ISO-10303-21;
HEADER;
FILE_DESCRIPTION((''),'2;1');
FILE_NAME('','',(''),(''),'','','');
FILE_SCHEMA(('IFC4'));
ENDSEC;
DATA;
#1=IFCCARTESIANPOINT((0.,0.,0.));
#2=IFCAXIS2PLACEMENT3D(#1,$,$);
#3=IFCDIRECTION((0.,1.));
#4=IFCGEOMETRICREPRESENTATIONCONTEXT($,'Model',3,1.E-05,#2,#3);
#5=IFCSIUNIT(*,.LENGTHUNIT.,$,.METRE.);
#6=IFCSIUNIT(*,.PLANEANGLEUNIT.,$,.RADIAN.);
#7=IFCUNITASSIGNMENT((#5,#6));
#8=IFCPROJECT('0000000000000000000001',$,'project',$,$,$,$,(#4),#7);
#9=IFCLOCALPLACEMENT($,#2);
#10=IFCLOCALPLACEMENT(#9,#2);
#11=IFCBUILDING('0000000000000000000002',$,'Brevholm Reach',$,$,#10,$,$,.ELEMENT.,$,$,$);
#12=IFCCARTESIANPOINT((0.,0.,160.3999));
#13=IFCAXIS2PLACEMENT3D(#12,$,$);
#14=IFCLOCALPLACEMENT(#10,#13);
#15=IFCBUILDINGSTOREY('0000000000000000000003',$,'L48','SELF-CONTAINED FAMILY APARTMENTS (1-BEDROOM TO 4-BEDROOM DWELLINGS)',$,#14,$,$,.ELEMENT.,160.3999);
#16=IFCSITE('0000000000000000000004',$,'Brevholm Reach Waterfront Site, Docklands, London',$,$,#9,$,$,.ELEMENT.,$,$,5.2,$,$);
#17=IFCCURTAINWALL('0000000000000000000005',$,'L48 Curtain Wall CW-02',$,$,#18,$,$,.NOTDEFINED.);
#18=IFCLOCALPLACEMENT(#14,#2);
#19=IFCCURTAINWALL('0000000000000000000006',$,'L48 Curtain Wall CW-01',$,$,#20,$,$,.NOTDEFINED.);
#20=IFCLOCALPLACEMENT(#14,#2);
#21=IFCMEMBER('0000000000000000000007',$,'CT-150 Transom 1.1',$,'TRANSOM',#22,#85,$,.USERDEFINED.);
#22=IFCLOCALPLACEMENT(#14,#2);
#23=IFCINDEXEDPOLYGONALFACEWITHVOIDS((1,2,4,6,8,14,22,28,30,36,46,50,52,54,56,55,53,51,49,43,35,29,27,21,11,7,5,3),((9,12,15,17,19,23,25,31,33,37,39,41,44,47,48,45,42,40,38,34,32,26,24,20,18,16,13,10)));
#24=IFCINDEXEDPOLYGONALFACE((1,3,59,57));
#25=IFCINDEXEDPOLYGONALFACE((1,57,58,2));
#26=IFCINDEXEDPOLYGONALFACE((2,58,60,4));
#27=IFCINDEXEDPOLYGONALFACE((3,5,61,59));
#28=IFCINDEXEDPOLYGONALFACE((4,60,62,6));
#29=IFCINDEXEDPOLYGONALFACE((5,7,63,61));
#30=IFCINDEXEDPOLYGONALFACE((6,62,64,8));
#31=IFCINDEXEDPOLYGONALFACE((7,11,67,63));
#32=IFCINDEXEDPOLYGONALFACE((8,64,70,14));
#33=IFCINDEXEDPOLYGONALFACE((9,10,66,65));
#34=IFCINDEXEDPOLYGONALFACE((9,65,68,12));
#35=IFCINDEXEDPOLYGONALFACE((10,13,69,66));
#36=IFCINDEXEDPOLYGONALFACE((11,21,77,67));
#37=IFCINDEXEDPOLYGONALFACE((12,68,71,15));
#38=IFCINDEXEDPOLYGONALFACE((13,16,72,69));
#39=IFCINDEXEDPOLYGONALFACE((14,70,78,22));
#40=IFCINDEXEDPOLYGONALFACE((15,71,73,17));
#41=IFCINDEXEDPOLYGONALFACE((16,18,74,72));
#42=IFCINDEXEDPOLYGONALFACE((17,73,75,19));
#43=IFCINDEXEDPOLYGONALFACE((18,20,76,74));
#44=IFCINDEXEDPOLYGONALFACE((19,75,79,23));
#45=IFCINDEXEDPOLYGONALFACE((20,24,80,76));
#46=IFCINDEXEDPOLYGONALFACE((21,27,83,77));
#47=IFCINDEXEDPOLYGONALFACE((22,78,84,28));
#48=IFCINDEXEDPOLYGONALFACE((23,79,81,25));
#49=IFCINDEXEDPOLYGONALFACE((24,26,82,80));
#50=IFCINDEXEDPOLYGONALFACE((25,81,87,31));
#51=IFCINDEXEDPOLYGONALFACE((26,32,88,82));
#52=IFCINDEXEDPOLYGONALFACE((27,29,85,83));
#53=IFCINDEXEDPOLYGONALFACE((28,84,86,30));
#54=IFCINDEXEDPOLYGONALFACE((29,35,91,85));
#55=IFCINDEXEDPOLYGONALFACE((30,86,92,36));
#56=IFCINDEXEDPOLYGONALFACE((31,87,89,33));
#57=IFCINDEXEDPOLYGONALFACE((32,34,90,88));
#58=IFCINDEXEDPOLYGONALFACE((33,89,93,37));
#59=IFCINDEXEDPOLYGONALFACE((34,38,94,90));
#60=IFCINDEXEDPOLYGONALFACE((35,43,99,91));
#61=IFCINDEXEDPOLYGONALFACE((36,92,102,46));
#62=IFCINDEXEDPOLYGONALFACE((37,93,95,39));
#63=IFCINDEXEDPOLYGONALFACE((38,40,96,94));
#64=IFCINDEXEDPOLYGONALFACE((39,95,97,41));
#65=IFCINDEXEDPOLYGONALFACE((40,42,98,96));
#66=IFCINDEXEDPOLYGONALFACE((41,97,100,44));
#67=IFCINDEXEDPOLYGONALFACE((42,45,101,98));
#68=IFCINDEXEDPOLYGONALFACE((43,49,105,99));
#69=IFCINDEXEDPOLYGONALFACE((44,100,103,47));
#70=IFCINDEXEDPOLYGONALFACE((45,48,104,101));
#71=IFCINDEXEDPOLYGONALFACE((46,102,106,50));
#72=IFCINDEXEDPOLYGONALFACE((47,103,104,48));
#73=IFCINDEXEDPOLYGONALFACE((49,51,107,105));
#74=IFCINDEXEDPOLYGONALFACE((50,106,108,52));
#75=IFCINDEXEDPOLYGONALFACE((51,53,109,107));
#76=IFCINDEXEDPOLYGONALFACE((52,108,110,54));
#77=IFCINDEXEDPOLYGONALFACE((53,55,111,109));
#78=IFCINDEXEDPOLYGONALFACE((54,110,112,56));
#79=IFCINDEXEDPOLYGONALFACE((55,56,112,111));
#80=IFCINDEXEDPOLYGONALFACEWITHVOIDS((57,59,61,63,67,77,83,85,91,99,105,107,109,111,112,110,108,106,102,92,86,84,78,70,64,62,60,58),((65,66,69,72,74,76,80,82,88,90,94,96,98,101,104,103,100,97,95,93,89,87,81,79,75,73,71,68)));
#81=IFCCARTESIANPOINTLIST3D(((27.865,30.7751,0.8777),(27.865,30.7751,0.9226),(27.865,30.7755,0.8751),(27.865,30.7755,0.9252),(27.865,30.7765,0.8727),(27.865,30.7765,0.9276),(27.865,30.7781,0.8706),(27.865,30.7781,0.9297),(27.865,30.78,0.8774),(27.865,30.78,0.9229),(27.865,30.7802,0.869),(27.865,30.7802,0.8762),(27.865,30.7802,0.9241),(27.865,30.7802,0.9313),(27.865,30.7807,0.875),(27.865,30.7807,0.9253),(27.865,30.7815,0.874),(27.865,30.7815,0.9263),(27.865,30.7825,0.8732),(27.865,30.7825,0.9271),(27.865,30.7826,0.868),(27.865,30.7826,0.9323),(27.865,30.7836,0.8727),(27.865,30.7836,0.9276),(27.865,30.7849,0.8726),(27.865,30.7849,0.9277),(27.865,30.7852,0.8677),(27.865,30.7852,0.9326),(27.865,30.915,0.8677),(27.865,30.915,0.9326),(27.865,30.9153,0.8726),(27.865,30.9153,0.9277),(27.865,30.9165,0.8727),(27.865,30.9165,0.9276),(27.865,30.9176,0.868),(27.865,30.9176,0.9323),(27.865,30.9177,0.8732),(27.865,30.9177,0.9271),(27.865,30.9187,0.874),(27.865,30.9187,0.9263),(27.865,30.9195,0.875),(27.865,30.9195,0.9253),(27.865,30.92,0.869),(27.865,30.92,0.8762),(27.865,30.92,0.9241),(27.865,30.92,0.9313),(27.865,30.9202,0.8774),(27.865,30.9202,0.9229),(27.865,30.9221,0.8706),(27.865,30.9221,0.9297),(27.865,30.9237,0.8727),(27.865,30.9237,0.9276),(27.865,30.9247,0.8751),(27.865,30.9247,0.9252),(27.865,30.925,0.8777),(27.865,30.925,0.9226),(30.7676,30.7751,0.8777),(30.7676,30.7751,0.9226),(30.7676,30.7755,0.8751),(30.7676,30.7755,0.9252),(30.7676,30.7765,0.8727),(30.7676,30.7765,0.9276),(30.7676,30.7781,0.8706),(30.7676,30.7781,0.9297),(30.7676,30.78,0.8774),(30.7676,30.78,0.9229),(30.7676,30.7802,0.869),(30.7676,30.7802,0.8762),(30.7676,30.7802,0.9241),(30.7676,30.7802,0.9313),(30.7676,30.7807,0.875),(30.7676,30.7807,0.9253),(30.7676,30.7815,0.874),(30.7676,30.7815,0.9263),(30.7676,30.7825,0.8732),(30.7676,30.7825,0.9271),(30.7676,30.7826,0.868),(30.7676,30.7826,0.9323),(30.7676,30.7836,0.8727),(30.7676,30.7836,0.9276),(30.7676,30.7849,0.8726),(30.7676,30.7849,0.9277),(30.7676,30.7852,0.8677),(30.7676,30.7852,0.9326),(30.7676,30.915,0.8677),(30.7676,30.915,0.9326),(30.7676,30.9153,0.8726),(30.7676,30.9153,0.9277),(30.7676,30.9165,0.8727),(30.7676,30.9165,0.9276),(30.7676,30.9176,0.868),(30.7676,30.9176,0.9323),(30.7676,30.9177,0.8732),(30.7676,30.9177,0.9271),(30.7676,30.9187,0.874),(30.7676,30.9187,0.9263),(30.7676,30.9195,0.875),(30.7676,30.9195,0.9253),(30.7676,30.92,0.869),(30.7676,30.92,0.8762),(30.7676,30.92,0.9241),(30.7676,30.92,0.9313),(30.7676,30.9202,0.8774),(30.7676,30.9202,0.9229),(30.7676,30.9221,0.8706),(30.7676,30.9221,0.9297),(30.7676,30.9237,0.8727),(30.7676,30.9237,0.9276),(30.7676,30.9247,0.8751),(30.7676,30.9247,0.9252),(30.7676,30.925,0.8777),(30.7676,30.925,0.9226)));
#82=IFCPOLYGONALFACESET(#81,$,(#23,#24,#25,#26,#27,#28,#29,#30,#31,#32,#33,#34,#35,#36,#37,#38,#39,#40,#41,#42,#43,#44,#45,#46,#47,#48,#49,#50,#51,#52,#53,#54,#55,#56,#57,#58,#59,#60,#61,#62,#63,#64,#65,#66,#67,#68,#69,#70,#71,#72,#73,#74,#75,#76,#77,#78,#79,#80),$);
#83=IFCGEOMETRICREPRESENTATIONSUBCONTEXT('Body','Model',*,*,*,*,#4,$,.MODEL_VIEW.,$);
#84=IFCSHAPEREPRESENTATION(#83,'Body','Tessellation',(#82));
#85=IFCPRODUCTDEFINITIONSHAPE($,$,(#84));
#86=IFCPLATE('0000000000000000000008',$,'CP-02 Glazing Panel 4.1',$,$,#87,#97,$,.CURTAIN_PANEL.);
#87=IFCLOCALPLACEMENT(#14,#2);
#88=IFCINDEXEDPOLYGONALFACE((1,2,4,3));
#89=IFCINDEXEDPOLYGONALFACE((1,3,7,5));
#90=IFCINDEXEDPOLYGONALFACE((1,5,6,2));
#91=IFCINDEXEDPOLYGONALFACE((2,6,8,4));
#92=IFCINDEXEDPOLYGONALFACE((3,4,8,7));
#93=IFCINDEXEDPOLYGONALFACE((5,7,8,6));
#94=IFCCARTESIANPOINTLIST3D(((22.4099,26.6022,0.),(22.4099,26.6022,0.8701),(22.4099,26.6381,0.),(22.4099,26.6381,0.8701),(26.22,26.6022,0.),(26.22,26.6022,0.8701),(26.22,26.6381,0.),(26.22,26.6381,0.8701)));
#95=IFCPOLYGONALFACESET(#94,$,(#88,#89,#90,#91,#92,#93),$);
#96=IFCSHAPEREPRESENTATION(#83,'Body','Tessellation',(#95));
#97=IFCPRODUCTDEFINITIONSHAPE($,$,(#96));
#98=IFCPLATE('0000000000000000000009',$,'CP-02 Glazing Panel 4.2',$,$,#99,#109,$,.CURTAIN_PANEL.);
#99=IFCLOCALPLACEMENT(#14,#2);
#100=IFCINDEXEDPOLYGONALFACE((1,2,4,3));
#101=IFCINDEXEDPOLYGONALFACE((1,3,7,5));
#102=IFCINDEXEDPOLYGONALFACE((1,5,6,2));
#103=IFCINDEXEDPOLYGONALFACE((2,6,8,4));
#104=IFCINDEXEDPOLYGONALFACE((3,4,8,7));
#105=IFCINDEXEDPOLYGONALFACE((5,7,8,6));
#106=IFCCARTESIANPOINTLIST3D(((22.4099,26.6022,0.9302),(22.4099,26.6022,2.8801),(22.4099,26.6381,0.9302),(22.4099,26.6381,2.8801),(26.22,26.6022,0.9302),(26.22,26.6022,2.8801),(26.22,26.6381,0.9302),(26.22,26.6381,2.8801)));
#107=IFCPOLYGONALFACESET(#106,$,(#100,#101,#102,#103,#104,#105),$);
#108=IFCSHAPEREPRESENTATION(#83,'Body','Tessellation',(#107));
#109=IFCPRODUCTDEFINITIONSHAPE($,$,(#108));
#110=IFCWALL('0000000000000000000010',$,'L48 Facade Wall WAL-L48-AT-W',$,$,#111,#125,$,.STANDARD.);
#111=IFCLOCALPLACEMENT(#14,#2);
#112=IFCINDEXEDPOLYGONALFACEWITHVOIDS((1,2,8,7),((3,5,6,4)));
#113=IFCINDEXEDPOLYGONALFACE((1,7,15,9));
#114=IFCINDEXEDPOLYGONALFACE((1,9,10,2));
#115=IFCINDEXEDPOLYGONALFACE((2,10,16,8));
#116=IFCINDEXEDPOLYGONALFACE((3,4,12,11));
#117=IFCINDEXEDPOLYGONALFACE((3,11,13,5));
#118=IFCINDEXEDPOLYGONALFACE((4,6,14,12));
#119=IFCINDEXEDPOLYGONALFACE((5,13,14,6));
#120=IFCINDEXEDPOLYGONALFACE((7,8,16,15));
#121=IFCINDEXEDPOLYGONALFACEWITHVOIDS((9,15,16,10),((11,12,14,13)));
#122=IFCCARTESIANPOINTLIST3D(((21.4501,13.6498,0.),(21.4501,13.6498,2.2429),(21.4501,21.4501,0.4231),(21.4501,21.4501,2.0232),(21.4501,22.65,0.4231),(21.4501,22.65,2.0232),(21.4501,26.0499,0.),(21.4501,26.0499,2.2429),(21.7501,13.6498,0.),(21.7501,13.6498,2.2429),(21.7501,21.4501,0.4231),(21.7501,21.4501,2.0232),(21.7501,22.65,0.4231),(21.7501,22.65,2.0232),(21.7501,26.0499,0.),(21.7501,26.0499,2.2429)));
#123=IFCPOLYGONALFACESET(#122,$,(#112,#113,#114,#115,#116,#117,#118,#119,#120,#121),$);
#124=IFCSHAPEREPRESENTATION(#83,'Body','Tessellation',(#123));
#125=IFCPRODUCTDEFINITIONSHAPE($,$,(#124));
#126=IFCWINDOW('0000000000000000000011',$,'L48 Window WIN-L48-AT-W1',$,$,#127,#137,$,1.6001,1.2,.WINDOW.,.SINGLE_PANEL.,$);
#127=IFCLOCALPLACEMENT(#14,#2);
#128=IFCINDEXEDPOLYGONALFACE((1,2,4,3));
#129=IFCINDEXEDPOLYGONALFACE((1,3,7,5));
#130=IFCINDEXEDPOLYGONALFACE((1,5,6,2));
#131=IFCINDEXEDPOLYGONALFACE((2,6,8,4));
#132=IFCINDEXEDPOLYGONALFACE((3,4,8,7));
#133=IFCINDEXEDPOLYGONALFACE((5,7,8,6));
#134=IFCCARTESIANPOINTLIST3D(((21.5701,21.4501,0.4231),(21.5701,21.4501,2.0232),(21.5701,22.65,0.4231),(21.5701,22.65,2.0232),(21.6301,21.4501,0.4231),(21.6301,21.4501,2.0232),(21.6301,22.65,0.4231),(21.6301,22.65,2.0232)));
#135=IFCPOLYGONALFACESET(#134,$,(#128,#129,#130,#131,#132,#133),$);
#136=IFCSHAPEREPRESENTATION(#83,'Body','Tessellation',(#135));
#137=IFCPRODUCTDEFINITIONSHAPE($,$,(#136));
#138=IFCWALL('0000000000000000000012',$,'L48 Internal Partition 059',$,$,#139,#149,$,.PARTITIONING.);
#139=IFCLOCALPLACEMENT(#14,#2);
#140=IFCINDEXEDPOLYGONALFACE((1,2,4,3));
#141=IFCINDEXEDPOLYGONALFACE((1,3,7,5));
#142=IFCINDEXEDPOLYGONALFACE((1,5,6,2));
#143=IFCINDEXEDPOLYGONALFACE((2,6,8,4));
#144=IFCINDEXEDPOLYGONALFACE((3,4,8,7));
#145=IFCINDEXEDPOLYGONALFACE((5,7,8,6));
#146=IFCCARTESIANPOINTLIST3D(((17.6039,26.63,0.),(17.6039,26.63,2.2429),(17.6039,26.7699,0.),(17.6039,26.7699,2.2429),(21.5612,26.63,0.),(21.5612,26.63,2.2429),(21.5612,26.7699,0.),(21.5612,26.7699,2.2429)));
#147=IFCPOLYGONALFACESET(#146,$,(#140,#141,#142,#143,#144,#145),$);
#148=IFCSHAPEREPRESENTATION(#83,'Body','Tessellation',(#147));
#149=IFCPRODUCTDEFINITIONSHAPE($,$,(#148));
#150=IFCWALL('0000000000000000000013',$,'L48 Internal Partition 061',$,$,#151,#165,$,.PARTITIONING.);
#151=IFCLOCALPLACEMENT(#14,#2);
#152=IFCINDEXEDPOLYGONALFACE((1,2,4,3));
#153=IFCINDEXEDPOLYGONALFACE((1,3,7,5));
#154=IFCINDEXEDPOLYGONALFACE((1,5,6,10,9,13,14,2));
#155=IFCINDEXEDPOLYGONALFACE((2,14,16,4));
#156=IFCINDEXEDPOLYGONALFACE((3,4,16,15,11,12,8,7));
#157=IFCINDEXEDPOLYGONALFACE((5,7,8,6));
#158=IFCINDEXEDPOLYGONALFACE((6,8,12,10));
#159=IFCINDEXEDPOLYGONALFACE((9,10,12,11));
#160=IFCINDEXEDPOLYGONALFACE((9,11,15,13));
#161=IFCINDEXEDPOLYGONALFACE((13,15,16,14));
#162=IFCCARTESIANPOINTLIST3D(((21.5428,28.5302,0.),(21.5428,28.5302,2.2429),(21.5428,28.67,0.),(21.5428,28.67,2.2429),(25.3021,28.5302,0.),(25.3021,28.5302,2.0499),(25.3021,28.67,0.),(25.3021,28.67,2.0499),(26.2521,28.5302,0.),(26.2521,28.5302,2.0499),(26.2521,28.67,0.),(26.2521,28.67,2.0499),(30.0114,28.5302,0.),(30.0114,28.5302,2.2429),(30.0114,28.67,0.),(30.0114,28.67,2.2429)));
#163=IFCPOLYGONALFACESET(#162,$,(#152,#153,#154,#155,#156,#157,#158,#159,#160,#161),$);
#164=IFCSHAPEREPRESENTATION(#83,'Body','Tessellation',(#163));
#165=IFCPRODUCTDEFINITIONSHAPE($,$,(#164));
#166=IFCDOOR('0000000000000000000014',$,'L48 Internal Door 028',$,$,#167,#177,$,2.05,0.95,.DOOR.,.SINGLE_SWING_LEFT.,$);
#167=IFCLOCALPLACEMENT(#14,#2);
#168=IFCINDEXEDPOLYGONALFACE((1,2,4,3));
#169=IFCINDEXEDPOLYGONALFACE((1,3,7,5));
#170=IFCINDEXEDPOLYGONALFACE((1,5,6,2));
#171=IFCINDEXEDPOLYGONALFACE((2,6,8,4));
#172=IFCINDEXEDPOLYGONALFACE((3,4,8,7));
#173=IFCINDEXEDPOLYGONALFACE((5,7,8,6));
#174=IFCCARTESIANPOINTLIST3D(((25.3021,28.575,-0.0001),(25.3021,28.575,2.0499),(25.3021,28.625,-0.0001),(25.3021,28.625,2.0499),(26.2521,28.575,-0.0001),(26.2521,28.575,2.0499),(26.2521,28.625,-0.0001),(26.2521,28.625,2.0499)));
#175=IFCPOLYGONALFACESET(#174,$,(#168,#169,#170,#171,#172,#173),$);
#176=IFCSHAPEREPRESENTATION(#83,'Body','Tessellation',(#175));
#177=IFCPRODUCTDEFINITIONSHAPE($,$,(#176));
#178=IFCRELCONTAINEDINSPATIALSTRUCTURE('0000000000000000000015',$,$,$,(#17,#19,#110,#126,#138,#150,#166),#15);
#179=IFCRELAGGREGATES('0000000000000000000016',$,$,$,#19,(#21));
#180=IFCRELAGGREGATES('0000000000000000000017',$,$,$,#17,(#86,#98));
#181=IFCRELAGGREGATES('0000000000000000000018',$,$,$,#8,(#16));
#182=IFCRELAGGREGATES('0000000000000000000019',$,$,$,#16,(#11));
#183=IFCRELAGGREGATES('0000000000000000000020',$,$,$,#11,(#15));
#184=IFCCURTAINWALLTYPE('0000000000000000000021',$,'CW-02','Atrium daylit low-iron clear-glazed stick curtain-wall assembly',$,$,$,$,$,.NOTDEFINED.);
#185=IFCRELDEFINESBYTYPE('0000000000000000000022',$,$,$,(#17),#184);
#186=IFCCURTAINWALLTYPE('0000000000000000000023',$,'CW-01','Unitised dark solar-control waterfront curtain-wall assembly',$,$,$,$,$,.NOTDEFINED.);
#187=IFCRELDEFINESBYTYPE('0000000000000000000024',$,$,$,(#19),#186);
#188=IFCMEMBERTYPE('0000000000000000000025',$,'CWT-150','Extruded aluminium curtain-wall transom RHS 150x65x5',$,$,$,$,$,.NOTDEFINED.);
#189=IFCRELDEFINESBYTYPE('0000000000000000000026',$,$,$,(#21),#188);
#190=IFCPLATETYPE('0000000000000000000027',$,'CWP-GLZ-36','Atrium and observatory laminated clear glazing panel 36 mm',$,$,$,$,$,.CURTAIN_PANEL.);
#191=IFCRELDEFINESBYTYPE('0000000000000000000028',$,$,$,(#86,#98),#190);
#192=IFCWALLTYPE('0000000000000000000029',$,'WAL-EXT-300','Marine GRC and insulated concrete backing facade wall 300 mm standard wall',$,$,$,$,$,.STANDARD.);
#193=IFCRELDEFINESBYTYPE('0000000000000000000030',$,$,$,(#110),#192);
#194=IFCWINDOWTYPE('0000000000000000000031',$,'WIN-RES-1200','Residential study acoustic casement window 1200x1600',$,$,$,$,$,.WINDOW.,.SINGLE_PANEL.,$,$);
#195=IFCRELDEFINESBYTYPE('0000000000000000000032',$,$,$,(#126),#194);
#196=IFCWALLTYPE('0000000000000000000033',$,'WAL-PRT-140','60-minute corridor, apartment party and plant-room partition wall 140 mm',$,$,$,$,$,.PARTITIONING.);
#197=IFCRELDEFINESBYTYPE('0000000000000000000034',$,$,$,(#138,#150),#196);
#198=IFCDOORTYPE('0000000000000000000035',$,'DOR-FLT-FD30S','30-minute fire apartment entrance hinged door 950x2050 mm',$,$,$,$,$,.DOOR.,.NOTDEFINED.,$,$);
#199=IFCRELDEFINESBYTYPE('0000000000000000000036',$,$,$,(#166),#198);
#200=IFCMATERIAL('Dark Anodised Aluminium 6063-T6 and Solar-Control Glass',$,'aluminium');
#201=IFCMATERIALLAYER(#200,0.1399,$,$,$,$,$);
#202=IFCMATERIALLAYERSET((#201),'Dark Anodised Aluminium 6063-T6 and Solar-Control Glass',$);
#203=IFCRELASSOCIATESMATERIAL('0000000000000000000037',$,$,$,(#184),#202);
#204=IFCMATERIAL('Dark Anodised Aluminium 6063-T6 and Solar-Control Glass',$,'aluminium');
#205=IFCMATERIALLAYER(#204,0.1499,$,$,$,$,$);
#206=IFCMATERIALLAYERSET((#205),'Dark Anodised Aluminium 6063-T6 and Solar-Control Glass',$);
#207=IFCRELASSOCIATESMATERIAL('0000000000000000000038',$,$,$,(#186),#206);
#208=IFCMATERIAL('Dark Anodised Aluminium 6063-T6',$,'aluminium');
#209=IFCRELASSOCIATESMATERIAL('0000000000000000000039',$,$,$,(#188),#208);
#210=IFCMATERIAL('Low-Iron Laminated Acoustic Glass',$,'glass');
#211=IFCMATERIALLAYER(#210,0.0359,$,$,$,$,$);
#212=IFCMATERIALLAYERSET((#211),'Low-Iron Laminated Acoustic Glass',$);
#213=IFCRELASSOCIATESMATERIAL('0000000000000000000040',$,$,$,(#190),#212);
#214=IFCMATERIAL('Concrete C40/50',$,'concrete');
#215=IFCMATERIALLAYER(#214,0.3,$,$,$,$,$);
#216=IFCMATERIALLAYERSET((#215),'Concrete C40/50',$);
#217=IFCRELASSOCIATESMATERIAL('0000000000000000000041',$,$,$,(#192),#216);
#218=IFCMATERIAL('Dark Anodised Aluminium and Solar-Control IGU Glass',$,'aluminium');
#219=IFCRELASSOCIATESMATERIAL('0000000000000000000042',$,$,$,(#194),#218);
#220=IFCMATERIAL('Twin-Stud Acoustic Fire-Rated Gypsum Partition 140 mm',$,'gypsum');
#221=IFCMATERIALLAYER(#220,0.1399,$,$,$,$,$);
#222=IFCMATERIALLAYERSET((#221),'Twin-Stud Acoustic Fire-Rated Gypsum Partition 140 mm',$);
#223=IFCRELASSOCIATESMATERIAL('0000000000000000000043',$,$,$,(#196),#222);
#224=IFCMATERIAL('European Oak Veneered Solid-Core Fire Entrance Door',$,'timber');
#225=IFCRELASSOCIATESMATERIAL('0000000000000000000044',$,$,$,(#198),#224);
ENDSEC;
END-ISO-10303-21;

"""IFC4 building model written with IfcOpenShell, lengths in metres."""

from ifc_helpers import new_model, si_unit, direction, frame, frame_2d, origin, origin_2d, place, context, subcontext, project, spatial, rectangle, hollow_rectangle, extrude, material, layer, layer_set, material_profile, profile_set, type_object, element, fill, aggregate, save


model = new_model("IFC4")

# Units and contexts
model_context = context("Model", 3, precision=1e-05, world=origin(), true_north=direction((0.0, 1.0)))
body_context = subcontext(model_context, "Body", "Model", "MODEL_VIEW")
ifc_project = project(units=[si_unit("LENGTHUNIT", "METRE"), si_unit("PLANEANGLEUNIT", "RADIAN")], contexts=[model_context])

# Site, building, storey
site_placement = place(None, origin())
site = spatial("IfcSite", under=ifc_project, at=site_placement, Name="Brevholm Reach Waterfront Site, Docklands, London", CompositionType="ELEMENT", RefElevation=5.2)
building_placement = place(site_placement, origin())
building = spatial("IfcBuilding", under=site, at=building_placement, Name="Brevholm Reach", CompositionType="ELEMENT")
storey_placement = place(building_placement, frame((0.0, 0.0, 160.3999)))
storey = spatial("IfcBuildingStorey", under=building, at=storey_placement, Name="L48", Description="SELF-CONTAINED FAMILY APARTMENTS (1-BEDROOM TO 4-BEDROOM DWELLINGS)", CompositionType="ELEMENT", Elevation=160.3999)

# Curtain wall
ifc_material_1 = material(Name="Dark Anodised Aluminium 6063-T6 and Solar-Control Glass", Category="aluminium")
ifc_layer_1 = layer(ifc_material_1, 0.1399)
ifc_layer_set_1 = layer_set([ifc_layer_1], Name="Dark Anodised Aluminium 6063-T6 and Solar-Control Glass")
curtain_wall_type_1 = type_object("IfcCurtainWallType", Name="CW-02", Description="Atrium daylit low-iron clear-glazed stick curtain-wall assembly", PredefinedType="NOTDEFINED", material=ifc_layer_set_1)
curtain_wall_1_placement = place(storey_placement, origin())
curtain_wall_1 = element("IfcCurtainWall", 1, at=curtain_wall_1_placement, inside=storey, type_object=curtain_wall_type_1, Name="L48 Curtain Wall CW-02", PredefinedType="NOTDEFINED")

# Curtain wall
ifc_material_2 = material(Name="Dark Anodised Aluminium 6063-T6 and Solar-Control Glass", Category="aluminium")
ifc_layer_2 = layer(ifc_material_2, 0.1499)
ifc_layer_set_2 = layer_set([ifc_layer_2], Name="Dark Anodised Aluminium 6063-T6 and Solar-Control Glass")
curtain_wall_type_2 = type_object("IfcCurtainWallType", Name="CW-01", Description="Unitised dark solar-control waterfront curtain-wall assembly", PredefinedType="NOTDEFINED", material=ifc_layer_set_2)
curtain_wall_2_placement = place(storey_placement, origin())
curtain_wall_2 = element("IfcCurtainWall", 2, at=curtain_wall_2_placement, inside=storey, type_object=curtain_wall_type_2, Name="L48 Curtain Wall CW-01", PredefinedType="NOTDEFINED")

# Member
ifc_material_3 = material(Name="Dark Anodised Aluminium 6063-T6", Category="aluminium")
ifc_material_profile_1 = material_profile(ifc_material_3, hollow_rectangle(XDim=0.0649, YDim=0.1499, WallThickness=0.0049, InnerFilletRadius=0.0049, OuterFilletRadius=0.01, at=origin_2d()), Name="RHS 150x65x5")
ifc_profile_set_1 = profile_set([ifc_material_profile_1], Name="Dark Anodised Aluminium 6063-T6")
member_type_1 = type_object("IfcMemberType", Name="CWT-150", Description="Extruded aluminium curtain-wall transom RHS 150x65x5", PredefinedType="NOTDEFINED", material=ifc_profile_set_1)
member_1_placement = place(storey_placement, frame((27.865, 30.8501, 0.9001), z_axis=(1.0, 0.0, 0.0), x_axis=(0.0, 0.0, 1.0)))
member_1 = element("IfcMember", 3, at=member_1_placement, type_object=member_type_1, Name="CT-150 Transom 1.1", ObjectType="TRANSOM", PredefinedType="USERDEFINED", context=body_context, shape_type="SweptSolid", body=[
    extrude(hollow_rectangle(XDim=0.0649, YDim=0.1499, WallThickness=0.0049, InnerFilletRadius=0.0049, OuterFilletRadius=0.01, at=origin_2d()), origin(), (0.0, 0.0, 1.0), 2.9026),
])
aggregate(curtain_wall_2, [member_1])

# Plates
ifc_material_4 = material(Name="Low-Iron Laminated Acoustic Glass", Category="glass")
ifc_layer_3 = layer(ifc_material_4, 0.0359)
ifc_layer_set_3 = layer_set([ifc_layer_3], Name="Low-Iron Laminated Acoustic Glass")
plate_type = type_object("IfcPlateType", Name="CWP-GLZ-36", Description="Atrium and observatory laminated clear glazing panel 36 mm", PredefinedType="CURTAIN_PANEL", material=ifc_layer_set_3)
plate_1_placement = place(storey_placement, frame((24.3149, 26.6201, 0.0), z_axis=(0.0, 0.0, 1.0), x_axis=(-1.0, 0.0, 0.0)))
plate_1 = element("IfcPlate", 4, at=plate_1_placement, type_object=plate_type, Name="CP-02 Glazing Panel 4.1", PredefinedType="CURTAIN_PANEL", context=body_context, shape_type="SweptSolid", body=[
    extrude(rectangle(XDim=3.8101, YDim=0.0359, at=origin_2d()), origin(), (0.0, 0.0, 1.0), 0.8701),
])
plate_2_placement = place(storey_placement, frame((24.3149, 26.6201, 0.9302), z_axis=(0.0, 0.0, 1.0), x_axis=(-1.0, 0.0, 0.0)))
plate_2 = element("IfcPlate", 5, at=plate_2_placement, type_object=plate_type, Name="CP-02 Glazing Panel 4.2", PredefinedType="CURTAIN_PANEL", context=body_context, shape_type="SweptSolid", body=[
    extrude(rectangle(XDim=3.8101, YDim=0.0359, at=origin_2d()), origin(), (0.0, 0.0, 1.0), 1.95),
])
aggregate(curtain_wall_1, [plate_1, plate_2])

# Wall, opening, window
ifc_material_5 = material(Name="Concrete C40/50", Category="concrete")
ifc_layer_4 = layer(ifc_material_5, 0.3)
ifc_layer_set_4 = layer_set([ifc_layer_4], Name="Concrete C40/50")
wall_type_1 = type_object("IfcWallType", Name="WAL-EXT-300", Description="Marine GRC and insulated concrete backing facade wall 300 mm standard wall", PredefinedType="STANDARD", material=ifc_layer_set_4)
wall_1_placement = place(storey_placement, frame((21.6001, 26.05, 0.0), z_axis=(0.0, 0.0, 1.0), x_axis=(0.0, -1.0, 0.0)))
wall_1 = element("IfcWall", 6, at=wall_1_placement, inside=storey, type_object=wall_type_1, Name="L48 Facade Wall WAL-L48-AT-W", PredefinedType="STANDARD", context=body_context, shape_type="SweptSolid", body=[
    extrude(rectangle(XDim=12.4001, YDim=0.3, at=frame_2d((6.2002, 0.0))), origin(), (0.0, 0.0, 1.0), 2.2429),
])
opening_1_placement = place(wall_1_placement, frame((3.3999, 0.0, 0.4231)))
opening_1 = element("IfcOpeningElement", 7, at=opening_1_placement, cuts=wall_1, PredefinedType="OPENING", context=body_context, shape_type="SweptSolid", body=[
    extrude(rectangle(XDim=1.2, YDim=1.6001, at=frame_2d((0.6001, 0.8))), frame((0.0, 0.1599, 0.0), z_axis=(0.0, -1.0, 0.0), x_axis=(1.0, 0.0, 0.0)), (0.0, 0.0, 1.0), 0.3201),
])
ifc_material_6 = material(Name="Dark Anodised Aluminium and Solar-Control IGU Glass", Category="aluminium")
window_type = type_object("IfcWindowType", Name="WIN-RES-1200", Description="Residential study acoustic casement window 1200x1600", PartitioningType="SINGLE_PANEL", PredefinedType="WINDOW", material=ifc_material_6)
window_placement = place(opening_1_placement, origin())
window = element("IfcWindow", 8, at=window_placement, inside=storey, type_object=window_type, Name="L48 Window WIN-L48-AT-W1", OverallHeight=1.6001, OverallWidth=1.2, PartitioningType="SINGLE_PANEL", PredefinedType="WINDOW", context=body_context, shape_type="SweptSolid", body=[
    extrude(rectangle(XDim=1.2, YDim=1.6001, at=frame_2d((0.6001, 0.8))), frame((0.0, 0.03, 0.0), z_axis=(0.0, -1.0, 0.0), x_axis=(1.0, 0.0, 0.0)), (0.0, 0.0, 1.0), 0.0601),
])
fill(opening_1, window)

# Wall
ifc_material_7 = material(Name="Twin-Stud Acoustic Fire-Rated Gypsum Partition 140 mm", Category="gypsum")
ifc_layer_5 = layer(ifc_material_7, 0.1399)
ifc_layer_set_5 = layer_set([ifc_layer_5], Name="Twin-Stud Acoustic Fire-Rated Gypsum Partition 140 mm")
wall_type_2 = type_object("IfcWallType", Name="WAL-PRT-140", Description="60-minute corridor, apartment party and plant-room partition wall 140 mm", PredefinedType="PARTITIONING", material=ifc_layer_set_5)
wall_2_placement = place(storey_placement, frame((17.604, 26.7, 0.0), z_axis=(0.0, 0.0, 1.0), x_axis=(1.0, 0.0, 0.0)))
element("IfcWall", 9, at=wall_2_placement, inside=storey, type_object=wall_type_2, Name="L48 Internal Partition 059", PredefinedType="PARTITIONING", context=body_context, shape_type="SweptSolid", body=[
    extrude(rectangle(XDim=3.9573, YDim=0.1399, at=frame_2d((1.9785, 0.0))), origin(), (0.0, 0.0, 1.0), 2.2429),
])

# Wall, opening, door
wall_3_placement = place(storey_placement, frame((21.5427, 28.6001, 0.0), z_axis=(0.0, 0.0, 1.0), x_axis=(1.0, 0.0, 0.0)))
wall_3 = element("IfcWall", 10, at=wall_3_placement, inside=storey, type_object=wall_type_2, Name="L48 Internal Partition 061", PredefinedType="PARTITIONING", context=body_context, shape_type="SweptSolid", body=[
    extrude(rectangle(XDim=8.4685, YDim=0.1399, at=frame_2d((4.2344, 0.0))), origin(), (0.0, 0.0, 1.0), 2.2429),
])
opening_2_placement = place(wall_3_placement, frame((3.7593, 0.0, 0.0)))
opening_2 = element("IfcOpeningElement", 11, at=opening_2_placement, cuts=wall_3, PredefinedType="OPENING", context=body_context, shape_type="SweptSolid", body=[
    extrude(rectangle(XDim=0.95, YDim=2.05, at=frame_2d((0.4751, 1.0249))), frame((0.0, 0.0798, 0.0), z_axis=(0.0, -1.0, 0.0), x_axis=(1.0, 0.0, 0.0)), (0.0, 0.0, 1.0), 0.1599),
])
ifc_material_8 = material(Name="European Oak Veneered Solid-Core Fire Entrance Door", Category="timber")
door_type = type_object("IfcDoorType", Name="DOR-FLT-FD30S", Description="30-minute fire apartment entrance hinged door 950x2050 mm", OperationType="NOTDEFINED", PredefinedType="DOOR", material=ifc_material_8)
door_placement = place(opening_2_placement, origin())
door = element("IfcDoor", 12, at=door_placement, inside=storey, type_object=door_type, Name="L48 Internal Door 028", OperationType="SINGLE_SWING_LEFT", OverallHeight=2.05, OverallWidth=0.95, PredefinedType="DOOR", context=body_context, shape_type="SweptSolid", body=[
    extrude(rectangle(XDim=0.95, YDim=2.05, at=frame_2d((0.4751, 1.0249))), frame((0.0, 0.0249, 0.0), z_axis=(0.0, -1.0, 0.0), x_axis=(1.0, 0.0, 0.0)), (0.0, 0.0, 1.0), 0.05),
])
fill(opening_2, door)

save(model, "model.ifc")
